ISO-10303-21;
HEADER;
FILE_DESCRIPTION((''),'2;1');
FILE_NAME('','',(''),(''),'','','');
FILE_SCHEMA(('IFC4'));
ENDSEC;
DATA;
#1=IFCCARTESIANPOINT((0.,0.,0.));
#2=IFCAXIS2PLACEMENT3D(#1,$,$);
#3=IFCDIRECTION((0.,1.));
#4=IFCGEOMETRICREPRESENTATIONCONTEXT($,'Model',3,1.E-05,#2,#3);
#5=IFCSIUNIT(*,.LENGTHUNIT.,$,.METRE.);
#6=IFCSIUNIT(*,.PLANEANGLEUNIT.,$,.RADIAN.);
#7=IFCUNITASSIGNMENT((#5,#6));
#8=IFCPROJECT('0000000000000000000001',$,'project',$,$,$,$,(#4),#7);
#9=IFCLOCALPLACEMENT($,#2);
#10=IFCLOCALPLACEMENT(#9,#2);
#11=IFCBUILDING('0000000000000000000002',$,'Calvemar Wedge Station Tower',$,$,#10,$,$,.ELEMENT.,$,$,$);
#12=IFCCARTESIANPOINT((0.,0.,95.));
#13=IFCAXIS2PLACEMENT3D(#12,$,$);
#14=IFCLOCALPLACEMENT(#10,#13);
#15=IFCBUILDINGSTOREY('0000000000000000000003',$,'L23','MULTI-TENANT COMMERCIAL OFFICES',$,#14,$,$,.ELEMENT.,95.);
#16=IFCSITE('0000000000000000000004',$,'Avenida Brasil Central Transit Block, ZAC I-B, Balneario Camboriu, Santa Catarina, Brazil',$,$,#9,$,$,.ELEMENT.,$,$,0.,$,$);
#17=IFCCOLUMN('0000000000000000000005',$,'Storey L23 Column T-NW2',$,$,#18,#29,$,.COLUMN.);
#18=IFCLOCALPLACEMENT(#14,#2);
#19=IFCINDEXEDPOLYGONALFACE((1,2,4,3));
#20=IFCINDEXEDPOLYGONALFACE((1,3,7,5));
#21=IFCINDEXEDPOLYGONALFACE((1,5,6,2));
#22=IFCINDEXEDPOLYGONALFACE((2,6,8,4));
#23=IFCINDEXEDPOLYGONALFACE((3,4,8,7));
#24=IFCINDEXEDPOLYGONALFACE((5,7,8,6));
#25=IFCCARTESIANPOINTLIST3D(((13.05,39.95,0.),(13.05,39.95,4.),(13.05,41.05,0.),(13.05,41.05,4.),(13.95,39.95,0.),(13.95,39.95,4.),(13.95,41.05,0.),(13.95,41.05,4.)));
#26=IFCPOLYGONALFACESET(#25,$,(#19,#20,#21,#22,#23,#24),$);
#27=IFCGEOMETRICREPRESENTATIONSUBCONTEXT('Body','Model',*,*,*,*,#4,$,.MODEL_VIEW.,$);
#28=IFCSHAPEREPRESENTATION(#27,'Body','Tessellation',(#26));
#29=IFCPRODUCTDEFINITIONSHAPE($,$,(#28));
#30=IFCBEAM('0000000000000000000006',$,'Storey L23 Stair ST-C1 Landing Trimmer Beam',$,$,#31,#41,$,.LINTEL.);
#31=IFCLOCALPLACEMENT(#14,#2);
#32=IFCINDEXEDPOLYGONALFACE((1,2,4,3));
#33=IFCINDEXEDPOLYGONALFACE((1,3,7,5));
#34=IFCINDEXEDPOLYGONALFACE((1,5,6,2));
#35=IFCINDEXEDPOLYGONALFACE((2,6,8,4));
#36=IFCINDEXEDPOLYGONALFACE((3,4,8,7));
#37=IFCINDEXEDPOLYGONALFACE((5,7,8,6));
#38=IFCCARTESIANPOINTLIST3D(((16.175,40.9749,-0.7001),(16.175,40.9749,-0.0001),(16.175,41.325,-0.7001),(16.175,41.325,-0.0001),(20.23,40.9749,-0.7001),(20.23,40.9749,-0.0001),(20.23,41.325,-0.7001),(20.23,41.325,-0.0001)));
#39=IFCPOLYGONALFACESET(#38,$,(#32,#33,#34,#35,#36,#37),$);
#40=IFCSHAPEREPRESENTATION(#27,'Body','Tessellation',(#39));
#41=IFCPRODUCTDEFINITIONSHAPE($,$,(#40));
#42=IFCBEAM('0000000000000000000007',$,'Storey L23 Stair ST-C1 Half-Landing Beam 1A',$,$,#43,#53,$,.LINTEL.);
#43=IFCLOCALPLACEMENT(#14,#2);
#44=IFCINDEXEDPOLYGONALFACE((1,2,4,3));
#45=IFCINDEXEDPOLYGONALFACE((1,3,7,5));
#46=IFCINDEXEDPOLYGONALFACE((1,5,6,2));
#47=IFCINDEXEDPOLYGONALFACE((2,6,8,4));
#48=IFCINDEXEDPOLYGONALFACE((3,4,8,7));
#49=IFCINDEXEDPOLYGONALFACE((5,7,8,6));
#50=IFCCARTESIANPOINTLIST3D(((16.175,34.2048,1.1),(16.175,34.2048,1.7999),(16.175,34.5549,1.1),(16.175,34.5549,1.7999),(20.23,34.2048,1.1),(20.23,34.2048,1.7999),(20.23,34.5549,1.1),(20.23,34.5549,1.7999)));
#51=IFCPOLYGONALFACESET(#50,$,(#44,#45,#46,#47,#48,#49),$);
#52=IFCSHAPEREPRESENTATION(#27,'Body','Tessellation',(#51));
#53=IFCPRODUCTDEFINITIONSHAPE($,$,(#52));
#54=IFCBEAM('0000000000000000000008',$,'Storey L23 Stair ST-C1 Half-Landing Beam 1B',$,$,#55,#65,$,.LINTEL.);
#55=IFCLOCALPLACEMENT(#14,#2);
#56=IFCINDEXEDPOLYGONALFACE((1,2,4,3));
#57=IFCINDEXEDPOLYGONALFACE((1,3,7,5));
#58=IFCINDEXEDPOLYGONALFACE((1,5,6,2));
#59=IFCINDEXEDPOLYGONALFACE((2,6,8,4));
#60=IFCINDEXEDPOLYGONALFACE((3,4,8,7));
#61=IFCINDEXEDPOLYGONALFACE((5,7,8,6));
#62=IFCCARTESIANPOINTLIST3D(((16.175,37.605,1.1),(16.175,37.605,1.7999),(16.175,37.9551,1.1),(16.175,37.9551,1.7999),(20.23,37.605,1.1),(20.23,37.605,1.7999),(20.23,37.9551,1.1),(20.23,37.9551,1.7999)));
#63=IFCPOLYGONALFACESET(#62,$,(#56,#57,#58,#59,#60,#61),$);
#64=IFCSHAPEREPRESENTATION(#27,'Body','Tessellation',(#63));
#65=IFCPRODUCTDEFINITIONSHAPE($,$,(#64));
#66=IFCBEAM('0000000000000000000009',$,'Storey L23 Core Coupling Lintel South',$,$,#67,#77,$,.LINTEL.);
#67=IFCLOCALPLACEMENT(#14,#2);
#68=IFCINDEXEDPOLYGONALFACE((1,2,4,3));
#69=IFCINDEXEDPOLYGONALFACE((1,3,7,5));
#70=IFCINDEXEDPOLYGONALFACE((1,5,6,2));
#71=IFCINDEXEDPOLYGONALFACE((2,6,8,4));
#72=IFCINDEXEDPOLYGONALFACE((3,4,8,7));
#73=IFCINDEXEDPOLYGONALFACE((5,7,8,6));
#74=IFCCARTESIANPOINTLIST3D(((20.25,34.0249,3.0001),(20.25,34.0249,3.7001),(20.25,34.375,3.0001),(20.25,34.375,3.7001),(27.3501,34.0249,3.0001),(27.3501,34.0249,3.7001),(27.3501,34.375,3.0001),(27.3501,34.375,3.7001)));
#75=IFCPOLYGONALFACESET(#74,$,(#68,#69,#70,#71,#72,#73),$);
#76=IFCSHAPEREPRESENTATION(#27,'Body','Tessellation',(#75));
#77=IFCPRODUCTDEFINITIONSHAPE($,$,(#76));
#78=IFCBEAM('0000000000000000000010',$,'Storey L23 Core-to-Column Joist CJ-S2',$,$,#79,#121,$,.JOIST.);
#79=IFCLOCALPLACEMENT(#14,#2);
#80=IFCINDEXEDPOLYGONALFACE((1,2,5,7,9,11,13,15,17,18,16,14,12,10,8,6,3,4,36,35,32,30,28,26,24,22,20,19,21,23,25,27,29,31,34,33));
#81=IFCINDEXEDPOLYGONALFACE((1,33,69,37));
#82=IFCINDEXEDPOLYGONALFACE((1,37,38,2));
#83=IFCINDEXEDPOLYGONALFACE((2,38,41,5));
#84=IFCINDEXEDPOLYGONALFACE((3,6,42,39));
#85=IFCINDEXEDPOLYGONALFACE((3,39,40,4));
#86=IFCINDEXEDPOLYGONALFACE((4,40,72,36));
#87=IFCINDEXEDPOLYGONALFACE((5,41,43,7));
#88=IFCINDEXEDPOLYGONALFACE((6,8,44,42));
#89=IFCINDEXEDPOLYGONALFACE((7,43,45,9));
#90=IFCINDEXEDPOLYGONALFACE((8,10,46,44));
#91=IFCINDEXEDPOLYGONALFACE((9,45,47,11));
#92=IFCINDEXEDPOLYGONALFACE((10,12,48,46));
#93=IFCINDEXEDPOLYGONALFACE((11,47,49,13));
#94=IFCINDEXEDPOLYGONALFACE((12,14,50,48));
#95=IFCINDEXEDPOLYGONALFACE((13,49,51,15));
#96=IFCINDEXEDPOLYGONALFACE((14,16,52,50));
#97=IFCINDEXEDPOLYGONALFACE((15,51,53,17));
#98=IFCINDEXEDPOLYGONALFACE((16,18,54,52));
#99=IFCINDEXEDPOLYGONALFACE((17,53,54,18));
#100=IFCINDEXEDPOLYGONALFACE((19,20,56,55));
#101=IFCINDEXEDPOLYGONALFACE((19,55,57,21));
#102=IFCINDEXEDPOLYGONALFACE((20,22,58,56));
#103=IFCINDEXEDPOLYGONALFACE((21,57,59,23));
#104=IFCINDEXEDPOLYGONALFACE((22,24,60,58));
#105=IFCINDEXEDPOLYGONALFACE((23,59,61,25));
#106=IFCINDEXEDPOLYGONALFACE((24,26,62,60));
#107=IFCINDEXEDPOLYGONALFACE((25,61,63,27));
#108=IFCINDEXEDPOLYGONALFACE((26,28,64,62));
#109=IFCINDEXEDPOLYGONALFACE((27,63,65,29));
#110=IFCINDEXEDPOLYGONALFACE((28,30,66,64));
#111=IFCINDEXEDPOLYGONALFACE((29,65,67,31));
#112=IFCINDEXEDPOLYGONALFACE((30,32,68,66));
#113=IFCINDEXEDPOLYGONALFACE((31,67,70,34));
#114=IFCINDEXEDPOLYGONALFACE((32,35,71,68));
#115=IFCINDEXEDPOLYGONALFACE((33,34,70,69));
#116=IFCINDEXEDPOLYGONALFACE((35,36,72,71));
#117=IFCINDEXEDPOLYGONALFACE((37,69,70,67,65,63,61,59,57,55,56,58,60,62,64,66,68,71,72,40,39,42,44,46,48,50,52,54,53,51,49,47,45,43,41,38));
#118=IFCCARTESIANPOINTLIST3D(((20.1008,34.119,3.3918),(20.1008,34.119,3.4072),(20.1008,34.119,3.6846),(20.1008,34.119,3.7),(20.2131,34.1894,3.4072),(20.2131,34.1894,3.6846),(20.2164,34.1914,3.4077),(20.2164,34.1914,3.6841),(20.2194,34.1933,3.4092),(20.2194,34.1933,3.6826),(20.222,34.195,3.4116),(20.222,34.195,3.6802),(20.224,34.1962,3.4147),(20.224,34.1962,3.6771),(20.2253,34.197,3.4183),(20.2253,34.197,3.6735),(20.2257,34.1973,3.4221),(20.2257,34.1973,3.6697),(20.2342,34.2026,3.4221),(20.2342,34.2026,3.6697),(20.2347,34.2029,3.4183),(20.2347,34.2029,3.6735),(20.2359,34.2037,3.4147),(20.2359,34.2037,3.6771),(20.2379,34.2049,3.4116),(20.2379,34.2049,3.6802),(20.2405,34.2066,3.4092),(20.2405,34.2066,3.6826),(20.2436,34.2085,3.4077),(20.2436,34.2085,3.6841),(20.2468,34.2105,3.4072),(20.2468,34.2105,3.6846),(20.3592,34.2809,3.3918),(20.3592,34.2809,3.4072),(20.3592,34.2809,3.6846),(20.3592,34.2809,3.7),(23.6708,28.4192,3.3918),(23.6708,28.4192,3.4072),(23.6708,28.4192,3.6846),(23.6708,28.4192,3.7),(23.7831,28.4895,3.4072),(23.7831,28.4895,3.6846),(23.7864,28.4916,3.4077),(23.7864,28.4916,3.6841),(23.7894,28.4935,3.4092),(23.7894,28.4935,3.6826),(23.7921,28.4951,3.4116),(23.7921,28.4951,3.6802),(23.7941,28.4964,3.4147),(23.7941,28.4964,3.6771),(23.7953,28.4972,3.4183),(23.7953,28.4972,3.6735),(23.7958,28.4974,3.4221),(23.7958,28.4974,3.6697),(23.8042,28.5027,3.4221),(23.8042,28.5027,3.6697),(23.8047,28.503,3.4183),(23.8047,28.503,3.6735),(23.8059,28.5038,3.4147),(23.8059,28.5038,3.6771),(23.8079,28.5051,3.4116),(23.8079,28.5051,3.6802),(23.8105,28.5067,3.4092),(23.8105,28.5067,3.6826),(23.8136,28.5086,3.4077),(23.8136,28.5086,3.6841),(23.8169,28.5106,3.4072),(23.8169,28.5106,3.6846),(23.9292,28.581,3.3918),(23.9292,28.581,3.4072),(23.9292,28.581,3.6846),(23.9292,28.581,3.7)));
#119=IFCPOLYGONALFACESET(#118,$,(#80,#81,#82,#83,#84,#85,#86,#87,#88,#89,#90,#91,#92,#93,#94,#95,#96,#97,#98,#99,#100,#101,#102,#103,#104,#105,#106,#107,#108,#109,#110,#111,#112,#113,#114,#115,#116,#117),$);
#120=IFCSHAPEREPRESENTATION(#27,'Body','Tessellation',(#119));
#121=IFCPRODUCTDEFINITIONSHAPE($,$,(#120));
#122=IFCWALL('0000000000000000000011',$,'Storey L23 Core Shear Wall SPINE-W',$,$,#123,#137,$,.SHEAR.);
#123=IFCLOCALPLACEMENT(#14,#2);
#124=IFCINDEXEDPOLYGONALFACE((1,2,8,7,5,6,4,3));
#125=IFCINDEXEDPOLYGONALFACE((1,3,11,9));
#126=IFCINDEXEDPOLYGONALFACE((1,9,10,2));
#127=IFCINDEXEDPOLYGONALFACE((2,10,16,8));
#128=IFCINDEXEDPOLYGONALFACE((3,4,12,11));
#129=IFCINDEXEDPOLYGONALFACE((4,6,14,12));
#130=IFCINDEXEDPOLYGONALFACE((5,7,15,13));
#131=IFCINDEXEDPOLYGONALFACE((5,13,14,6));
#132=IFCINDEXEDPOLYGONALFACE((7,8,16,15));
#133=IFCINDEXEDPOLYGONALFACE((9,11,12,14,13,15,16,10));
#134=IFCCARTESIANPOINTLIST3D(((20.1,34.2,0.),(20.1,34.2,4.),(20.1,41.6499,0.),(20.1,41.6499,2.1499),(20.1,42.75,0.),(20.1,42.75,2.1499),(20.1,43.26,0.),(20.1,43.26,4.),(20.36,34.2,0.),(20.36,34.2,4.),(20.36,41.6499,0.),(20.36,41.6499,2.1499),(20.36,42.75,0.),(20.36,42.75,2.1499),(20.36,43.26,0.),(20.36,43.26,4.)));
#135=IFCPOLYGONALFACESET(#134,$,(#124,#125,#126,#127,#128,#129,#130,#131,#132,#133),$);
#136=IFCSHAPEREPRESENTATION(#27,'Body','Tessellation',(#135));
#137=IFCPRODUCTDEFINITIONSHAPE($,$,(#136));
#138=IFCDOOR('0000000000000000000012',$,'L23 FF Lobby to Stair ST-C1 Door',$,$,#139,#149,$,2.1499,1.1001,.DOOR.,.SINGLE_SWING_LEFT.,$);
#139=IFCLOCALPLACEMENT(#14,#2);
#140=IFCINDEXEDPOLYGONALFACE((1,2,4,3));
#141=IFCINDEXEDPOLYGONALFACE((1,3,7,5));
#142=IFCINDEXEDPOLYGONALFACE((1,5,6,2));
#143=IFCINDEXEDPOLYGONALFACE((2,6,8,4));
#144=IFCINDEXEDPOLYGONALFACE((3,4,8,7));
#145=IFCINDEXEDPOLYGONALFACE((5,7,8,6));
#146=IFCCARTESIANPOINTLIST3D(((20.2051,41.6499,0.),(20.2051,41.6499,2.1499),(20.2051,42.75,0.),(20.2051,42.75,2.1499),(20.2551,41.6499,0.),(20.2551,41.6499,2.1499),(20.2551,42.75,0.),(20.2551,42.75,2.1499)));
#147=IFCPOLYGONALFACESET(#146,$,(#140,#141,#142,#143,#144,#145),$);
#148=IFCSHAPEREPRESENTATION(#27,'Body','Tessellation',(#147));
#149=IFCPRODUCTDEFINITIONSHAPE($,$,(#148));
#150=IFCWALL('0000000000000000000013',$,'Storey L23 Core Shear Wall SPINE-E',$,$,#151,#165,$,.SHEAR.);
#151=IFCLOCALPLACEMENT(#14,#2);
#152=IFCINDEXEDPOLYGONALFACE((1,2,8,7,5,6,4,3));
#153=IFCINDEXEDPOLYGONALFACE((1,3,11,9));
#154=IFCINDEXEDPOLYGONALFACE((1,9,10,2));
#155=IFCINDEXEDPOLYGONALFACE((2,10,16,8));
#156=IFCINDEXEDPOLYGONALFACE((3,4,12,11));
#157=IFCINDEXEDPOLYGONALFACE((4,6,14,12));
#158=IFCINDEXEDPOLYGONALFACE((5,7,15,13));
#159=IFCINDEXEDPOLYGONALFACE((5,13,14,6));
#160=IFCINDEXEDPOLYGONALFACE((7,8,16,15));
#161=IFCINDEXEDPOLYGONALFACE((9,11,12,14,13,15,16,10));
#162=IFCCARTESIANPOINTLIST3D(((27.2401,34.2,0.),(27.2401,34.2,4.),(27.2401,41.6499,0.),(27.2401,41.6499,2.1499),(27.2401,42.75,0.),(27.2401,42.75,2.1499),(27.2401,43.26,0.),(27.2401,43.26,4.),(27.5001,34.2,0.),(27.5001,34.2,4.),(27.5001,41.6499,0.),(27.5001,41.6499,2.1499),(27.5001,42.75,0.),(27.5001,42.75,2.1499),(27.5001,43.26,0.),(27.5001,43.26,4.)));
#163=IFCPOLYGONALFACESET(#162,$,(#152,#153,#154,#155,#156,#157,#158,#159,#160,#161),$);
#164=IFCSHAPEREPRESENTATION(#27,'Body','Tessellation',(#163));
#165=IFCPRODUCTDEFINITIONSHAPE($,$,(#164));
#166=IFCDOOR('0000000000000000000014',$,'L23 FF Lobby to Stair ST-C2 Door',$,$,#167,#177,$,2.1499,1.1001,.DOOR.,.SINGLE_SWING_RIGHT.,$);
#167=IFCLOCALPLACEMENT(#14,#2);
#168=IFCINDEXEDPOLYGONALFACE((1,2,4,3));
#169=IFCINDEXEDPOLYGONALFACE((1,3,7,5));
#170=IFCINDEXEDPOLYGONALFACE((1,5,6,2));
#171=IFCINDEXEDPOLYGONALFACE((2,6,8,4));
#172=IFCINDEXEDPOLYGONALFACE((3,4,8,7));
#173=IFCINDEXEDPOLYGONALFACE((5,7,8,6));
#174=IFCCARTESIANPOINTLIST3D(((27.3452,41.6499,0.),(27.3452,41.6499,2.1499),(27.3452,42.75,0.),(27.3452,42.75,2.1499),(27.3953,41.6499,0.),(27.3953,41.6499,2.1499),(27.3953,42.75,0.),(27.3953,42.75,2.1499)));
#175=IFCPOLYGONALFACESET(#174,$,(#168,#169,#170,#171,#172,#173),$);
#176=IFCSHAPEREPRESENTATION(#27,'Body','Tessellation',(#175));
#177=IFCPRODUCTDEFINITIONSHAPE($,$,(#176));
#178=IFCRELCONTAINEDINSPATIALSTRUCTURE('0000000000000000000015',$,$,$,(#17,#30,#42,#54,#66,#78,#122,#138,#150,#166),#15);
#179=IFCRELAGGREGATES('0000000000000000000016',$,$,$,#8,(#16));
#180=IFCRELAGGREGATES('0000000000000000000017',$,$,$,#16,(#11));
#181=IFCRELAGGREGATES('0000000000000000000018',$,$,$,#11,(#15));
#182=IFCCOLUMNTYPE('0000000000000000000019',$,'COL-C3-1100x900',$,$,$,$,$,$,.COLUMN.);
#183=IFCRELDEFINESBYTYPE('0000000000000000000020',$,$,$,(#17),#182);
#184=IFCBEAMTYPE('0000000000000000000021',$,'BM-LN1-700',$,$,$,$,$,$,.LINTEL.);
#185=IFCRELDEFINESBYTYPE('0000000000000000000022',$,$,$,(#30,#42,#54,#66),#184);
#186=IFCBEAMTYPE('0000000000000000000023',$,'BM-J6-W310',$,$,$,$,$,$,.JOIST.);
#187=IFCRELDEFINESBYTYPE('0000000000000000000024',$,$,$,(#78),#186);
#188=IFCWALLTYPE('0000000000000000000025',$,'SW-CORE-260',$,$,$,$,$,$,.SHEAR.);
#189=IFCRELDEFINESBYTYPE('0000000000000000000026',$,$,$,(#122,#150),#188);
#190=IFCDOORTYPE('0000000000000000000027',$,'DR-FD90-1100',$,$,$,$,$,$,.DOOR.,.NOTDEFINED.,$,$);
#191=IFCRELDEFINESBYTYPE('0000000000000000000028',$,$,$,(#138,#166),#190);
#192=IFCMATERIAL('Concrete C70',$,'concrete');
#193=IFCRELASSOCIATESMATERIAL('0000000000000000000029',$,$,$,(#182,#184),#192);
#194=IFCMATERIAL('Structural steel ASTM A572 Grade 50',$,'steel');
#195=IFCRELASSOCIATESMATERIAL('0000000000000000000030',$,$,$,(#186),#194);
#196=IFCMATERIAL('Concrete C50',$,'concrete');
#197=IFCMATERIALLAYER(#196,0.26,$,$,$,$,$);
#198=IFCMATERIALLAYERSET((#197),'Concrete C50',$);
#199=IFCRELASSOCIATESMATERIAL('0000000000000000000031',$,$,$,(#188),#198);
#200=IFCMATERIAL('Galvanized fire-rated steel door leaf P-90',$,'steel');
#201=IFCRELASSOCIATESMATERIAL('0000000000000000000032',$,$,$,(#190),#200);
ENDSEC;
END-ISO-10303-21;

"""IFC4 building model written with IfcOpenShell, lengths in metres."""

from ifc_helpers import new_model, si_unit, direction, frame, frame_2d, origin, origin_2d, place, context, subcontext, project, spatial, rectangle, i_section, extrude, source, transform, mapped, material, layer, layer_set, material_profile, profile_set, type_object, element, fill, save


model = new_model("IFC4")

# Units and contexts
model_context = context("Model", 3, precision=1e-05, world=origin(), true_north=direction((0.0, 1.0)))
body_context = subcontext(model_context, "Body", "Model", "MODEL_VIEW")
ifc_project = project(units=[si_unit("LENGTHUNIT", "METRE"), si_unit("PLANEANGLEUNIT", "RADIAN")], contexts=[model_context])

# Site, building, storey
site_placement = place(None, origin())
site = spatial("IfcSite", under=ifc_project, at=site_placement, Name="Avenida Brasil Central Transit Block, ZAC I-B, Balneario Camboriu, Santa Catarina, Brazil", CompositionType="ELEMENT", RefElevation=0.0)
building_placement = place(site_placement, origin())
building = spatial("IfcBuilding", under=site, at=building_placement, Name="Calvemar Wedge Station Tower", CompositionType="ELEMENT")
storey_placement = place(building_placement, frame((0.0, 0.0, 95.0)))
storey = spatial("IfcBuildingStorey", under=building, at=storey_placement, Name="L23", Description="MULTI-TENANT COMMERCIAL OFFICES", CompositionType="ELEMENT", Elevation=95.0)

# Column
ifc_material_1 = material(Name="Concrete C70", Category="concrete")
ifc_material_profile_1 = material_profile(ifc_material_1, rectangle(XDim=0.8999, YDim=1.1001, at=origin_2d()), Name="RC1100x900")
ifc_profile_set_1 = profile_set([ifc_material_profile_1], Name="Concrete C70")
column_type = type_object("IfcColumnType", Name="COL-C3-1100x900", PredefinedType="COLUMN", material=ifc_profile_set_1)
shared_shape_1 = source(origin(), body_context, "Body", "SweptSolid", [
    extrude(rectangle(XDim=0.8999, YDim=1.1001, at=origin_2d()), origin(), (0.0, 0.0, 1.0), 4.0),
])
column_placement = place(storey_placement, frame((13.5, 40.5, 0.0), z_axis=(0.0, 0.0, 1.0), x_axis=(1.0, 0.0, 0.0)))
element("IfcColumn", 1, at=column_placement, inside=storey, type_object=column_type, Name="Storey L23 Column T-NW2", PredefinedType="COLUMN", context=body_context, shape_type="MappedRepresentation", body=[
    mapped(shared_shape_1, transform((0.0, 0.0, 0.0), scale=1.0)),
])

# Beams
ifc_material_profile_2 = material_profile(ifc_material_1, rectangle(XDim=0.3501, YDim=0.7, at=origin_2d()), Name="RC350x700")
ifc_profile_set_2 = profile_set([ifc_material_profile_2], Name="Concrete C70")
beam_type_1 = type_object("IfcBeamType", Name="BM-LN1-700", PredefinedType="LINTEL", material=ifc_profile_set_2)
shared_shape_2 = source(origin(), body_context, "Body", "SweptSolid", [
    extrude(rectangle(XDim=0.3501, YDim=0.7, at=origin_2d()), origin(), (0.0, 0.0, 1.0), 4.0549),
])
for number, where, z_axis, x_axis, name in (
    (2, (16.175, 41.1499, -0.3501), (1.0, 0.0, 0.0), (0.0, 1.0, 0.0), "Storey L23 Stair ST-C1 Landing Trimmer Beam"),
    (3, (16.175, 34.3799, 1.45), (1.0, 0.0, 0.0), (0.0, 1.0, 0.0), "Storey L23 Stair ST-C1 Half-Landing Beam 1A"),
    (4, (16.175, 37.78, 1.45), (1.0, 0.0, 0.0), (0.0, 1.0, 0.0), "Storey L23 Stair ST-C1 Half-Landing Beam 1B"),
):
    element("IfcBeam", number, at=place(storey_placement, frame(where, z_axis=z_axis, x_axis=x_axis)), inside=storey, type_object=beam_type_1, Name=name, PredefinedType="LINTEL", context=body_context, shape_type="MappedRepresentation", body=[
        mapped(shared_shape_2, transform((0.0, 0.0, 0.0), scale=1.0)),
    ])
shared_shape_3 = source(origin(), body_context, "Body", "SweptSolid", [
    extrude(rectangle(XDim=0.3501, YDim=0.7, at=origin_2d()), origin(), (0.0, 0.0, 1.0), 7.1001),
])
beam_1_placement = place(storey_placement, frame((20.25, 34.2, 3.3501), z_axis=(1.0, 0.0, 0.0), x_axis=(0.0, 1.0, 0.0)))
element("IfcBeam", 5, at=beam_1_placement, inside=storey, type_object=beam_type_1, Name="Storey L23 Core Coupling Lintel South", PredefinedType="LINTEL", context=body_context, shape_type="MappedRepresentation", body=[
    mapped(shared_shape_3, transform((0.0, 0.0, 0.0), scale=1.0)),
])
ifc_material_2 = material(Name="Structural steel ASTM A572 Grade 50", Category="steel")
ifc_material_profile_3 = material_profile(ifc_material_2, i_section(OverallWidth=0.3049, OverallDepth=0.3081, WebThickness=0.01, FlangeThickness=0.0154, FilletRadius=0.0149, at=origin_2d()), Name="W310x97")
ifc_profile_set_3 = profile_set([ifc_material_profile_3], Name="Structural steel ASTM A572 Grade 50")
beam_type_2 = type_object("IfcBeamType", Name="BM-J6-W310", PredefinedType="JOIST", material=ifc_profile_set_3)
shared_shape_4 = source(origin(), body_context, "Body", "SweptSolid", [
    extrude(i_section(OverallWidth=0.3049, OverallDepth=0.3081, WebThickness=0.01, FlangeThickness=0.0154, FilletRadius=0.0149, at=origin_2d()), origin(), (0.0, 0.0, 1.0), 6.7256),
])
beam_2_placement = place(storey_placement, frame((20.23, 34.2, 3.5459), z_axis=(0.530811, -0.84749, 0.0), x_axis=(0.84749, 0.530811, 0.0)))
element("IfcBeam", 6, at=beam_2_placement, inside=storey, type_object=beam_type_2, Name="Storey L23 Core-to-Column Joist CJ-S2", PredefinedType="JOIST", context=body_context, shape_type="MappedRepresentation", body=[
    mapped(shared_shape_4, transform((0.0, 0.0, 0.0), scale=1.0)),
])

# Walls, openings, doors
ifc_material_3 = material(Name="Concrete C50", Category="concrete")
ifc_layer_1 = layer(ifc_material_3, 0.26)
ifc_layer_set_1 = layer_set([ifc_layer_1], Name="Concrete C50")
wall_type_1 = type_object("IfcWallType", Name="SW-CORE-260", PredefinedType="SHEAR", material=ifc_layer_set_1)
wall_1_placement = place(storey_placement, frame((20.23, 34.2, 0.0), z_axis=(0.0, 0.0, 1.0), x_axis=(0.0, 1.0, 0.0)))
wall_1 = element("IfcWall", 7, at=wall_1_placement, inside=storey, type_object=wall_type_1, Name="Storey L23 Core Shear Wall SPINE-W", PredefinedType="SHEAR", context=body_context, shape_type="SweptSolid", body=[
    extrude(rectangle(XDim=9.0601, YDim=0.26, at=frame_2d((4.53, 0.0))), origin(), (0.0, 0.0, 1.0), 4.0),
])
shared_shape_5 = source(origin(), body_context, "Body", "SweptSolid", [
    extrude(rectangle(XDim=1.1001, YDim=2.1499, at=frame_2d((0.55, 1.075))), frame((0.0, 0.1401, 0.0), z_axis=(0.0, -1.0, 0.0), x_axis=(1.0, 0.0, 0.0)), (0.0, 0.0, 1.0), 0.28),
])
opening_1_placement = place(wall_1_placement, frame((7.45, 0.0, 0.0)))
opening_1 = element("IfcOpeningElement", 8, at=opening_1_placement, cuts=wall_1, PredefinedType="OPENING", context=body_context, shape_type="MappedRepresentation", body=[
    mapped(shared_shape_5, transform((0.0, 0.0, 0.0), scale=1.0)),
])
ifc_material_4 = material(Name="Galvanized fire-rated steel door leaf P-90", Category="steel")
door_type_1 = type_object("IfcDoorType", Name="DR-FD90-1100", OperationType="NOTDEFINED", PredefinedType="DOOR", material=ifc_material_4)
shared_shape_6 = source(origin(), body_context, "Body", "SweptSolid", [
    extrude(rectangle(XDim=1.1001, YDim=2.1499, at=frame_2d((0.55, 1.075))), frame((0.0, 0.0249, 0.0), z_axis=(0.0, -1.0, 0.0), x_axis=(1.0, 0.0, 0.0)), (0.0, 0.0, 1.0), 0.05),
])
door_1_placement = place(opening_1_placement, origin())
door_1 = element("IfcDoor", 9, at=door_1_placement, inside=storey, type_object=door_type_1, Name="L23 FF Lobby to Stair ST-C1 Door", OperationType="SINGLE_SWING_LEFT", OverallHeight=2.1499, OverallWidth=1.1001, PredefinedType="DOOR", context=body_context, shape_type="MappedRepresentation", body=[
    mapped(shared_shape_6, transform((0.0, 0.0, 0.0), scale=1.0)),
])
fill(opening_1, door_1)
wall_2_placement = place(storey_placement, frame((27.3701, 34.2, 0.0), z_axis=(0.0, 0.0, 1.0), x_axis=(0.0, 1.0, 0.0)))
wall_2 = element("IfcWall", 10, at=wall_2_placement, inside=storey, type_object=wall_type_1, Name="Storey L23 Core Shear Wall SPINE-E", PredefinedType="SHEAR", context=body_context, shape_type="SweptSolid", body=[
    extrude(rectangle(XDim=9.0601, YDim=0.26, at=frame_2d((4.53, 0.0))), origin(), (0.0, 0.0, 1.0), 4.0),
])
opening_2_placement = place(wall_2_placement, frame((7.45, 0.0, 0.0)))
opening_2 = element("IfcOpeningElement", 11, at=opening_2_placement, cuts=wall_2, PredefinedType="OPENING", context=body_context, shape_type="MappedRepresentation", body=[
    mapped(shared_shape_5, transform((0.0, 0.0, 0.0), scale=1.0)),
])
door_2_placement = place(opening_2_placement, origin())
door_2 = element("IfcDoor", 12, at=door_2_placement, inside=storey, type_object=door_type_1, Name="L23 FF Lobby to Stair ST-C2 Door", OperationType="SINGLE_SWING_RIGHT", OverallHeight=2.1499, OverallWidth=1.1001, PredefinedType="DOOR", context=body_context, shape_type="MappedRepresentation", body=[
    mapped(shared_shape_6, transform((0.0, 0.0, 0.0), scale=1.0)),
])
fill(opening_2, door_2)

save(model, "model.ifc")
